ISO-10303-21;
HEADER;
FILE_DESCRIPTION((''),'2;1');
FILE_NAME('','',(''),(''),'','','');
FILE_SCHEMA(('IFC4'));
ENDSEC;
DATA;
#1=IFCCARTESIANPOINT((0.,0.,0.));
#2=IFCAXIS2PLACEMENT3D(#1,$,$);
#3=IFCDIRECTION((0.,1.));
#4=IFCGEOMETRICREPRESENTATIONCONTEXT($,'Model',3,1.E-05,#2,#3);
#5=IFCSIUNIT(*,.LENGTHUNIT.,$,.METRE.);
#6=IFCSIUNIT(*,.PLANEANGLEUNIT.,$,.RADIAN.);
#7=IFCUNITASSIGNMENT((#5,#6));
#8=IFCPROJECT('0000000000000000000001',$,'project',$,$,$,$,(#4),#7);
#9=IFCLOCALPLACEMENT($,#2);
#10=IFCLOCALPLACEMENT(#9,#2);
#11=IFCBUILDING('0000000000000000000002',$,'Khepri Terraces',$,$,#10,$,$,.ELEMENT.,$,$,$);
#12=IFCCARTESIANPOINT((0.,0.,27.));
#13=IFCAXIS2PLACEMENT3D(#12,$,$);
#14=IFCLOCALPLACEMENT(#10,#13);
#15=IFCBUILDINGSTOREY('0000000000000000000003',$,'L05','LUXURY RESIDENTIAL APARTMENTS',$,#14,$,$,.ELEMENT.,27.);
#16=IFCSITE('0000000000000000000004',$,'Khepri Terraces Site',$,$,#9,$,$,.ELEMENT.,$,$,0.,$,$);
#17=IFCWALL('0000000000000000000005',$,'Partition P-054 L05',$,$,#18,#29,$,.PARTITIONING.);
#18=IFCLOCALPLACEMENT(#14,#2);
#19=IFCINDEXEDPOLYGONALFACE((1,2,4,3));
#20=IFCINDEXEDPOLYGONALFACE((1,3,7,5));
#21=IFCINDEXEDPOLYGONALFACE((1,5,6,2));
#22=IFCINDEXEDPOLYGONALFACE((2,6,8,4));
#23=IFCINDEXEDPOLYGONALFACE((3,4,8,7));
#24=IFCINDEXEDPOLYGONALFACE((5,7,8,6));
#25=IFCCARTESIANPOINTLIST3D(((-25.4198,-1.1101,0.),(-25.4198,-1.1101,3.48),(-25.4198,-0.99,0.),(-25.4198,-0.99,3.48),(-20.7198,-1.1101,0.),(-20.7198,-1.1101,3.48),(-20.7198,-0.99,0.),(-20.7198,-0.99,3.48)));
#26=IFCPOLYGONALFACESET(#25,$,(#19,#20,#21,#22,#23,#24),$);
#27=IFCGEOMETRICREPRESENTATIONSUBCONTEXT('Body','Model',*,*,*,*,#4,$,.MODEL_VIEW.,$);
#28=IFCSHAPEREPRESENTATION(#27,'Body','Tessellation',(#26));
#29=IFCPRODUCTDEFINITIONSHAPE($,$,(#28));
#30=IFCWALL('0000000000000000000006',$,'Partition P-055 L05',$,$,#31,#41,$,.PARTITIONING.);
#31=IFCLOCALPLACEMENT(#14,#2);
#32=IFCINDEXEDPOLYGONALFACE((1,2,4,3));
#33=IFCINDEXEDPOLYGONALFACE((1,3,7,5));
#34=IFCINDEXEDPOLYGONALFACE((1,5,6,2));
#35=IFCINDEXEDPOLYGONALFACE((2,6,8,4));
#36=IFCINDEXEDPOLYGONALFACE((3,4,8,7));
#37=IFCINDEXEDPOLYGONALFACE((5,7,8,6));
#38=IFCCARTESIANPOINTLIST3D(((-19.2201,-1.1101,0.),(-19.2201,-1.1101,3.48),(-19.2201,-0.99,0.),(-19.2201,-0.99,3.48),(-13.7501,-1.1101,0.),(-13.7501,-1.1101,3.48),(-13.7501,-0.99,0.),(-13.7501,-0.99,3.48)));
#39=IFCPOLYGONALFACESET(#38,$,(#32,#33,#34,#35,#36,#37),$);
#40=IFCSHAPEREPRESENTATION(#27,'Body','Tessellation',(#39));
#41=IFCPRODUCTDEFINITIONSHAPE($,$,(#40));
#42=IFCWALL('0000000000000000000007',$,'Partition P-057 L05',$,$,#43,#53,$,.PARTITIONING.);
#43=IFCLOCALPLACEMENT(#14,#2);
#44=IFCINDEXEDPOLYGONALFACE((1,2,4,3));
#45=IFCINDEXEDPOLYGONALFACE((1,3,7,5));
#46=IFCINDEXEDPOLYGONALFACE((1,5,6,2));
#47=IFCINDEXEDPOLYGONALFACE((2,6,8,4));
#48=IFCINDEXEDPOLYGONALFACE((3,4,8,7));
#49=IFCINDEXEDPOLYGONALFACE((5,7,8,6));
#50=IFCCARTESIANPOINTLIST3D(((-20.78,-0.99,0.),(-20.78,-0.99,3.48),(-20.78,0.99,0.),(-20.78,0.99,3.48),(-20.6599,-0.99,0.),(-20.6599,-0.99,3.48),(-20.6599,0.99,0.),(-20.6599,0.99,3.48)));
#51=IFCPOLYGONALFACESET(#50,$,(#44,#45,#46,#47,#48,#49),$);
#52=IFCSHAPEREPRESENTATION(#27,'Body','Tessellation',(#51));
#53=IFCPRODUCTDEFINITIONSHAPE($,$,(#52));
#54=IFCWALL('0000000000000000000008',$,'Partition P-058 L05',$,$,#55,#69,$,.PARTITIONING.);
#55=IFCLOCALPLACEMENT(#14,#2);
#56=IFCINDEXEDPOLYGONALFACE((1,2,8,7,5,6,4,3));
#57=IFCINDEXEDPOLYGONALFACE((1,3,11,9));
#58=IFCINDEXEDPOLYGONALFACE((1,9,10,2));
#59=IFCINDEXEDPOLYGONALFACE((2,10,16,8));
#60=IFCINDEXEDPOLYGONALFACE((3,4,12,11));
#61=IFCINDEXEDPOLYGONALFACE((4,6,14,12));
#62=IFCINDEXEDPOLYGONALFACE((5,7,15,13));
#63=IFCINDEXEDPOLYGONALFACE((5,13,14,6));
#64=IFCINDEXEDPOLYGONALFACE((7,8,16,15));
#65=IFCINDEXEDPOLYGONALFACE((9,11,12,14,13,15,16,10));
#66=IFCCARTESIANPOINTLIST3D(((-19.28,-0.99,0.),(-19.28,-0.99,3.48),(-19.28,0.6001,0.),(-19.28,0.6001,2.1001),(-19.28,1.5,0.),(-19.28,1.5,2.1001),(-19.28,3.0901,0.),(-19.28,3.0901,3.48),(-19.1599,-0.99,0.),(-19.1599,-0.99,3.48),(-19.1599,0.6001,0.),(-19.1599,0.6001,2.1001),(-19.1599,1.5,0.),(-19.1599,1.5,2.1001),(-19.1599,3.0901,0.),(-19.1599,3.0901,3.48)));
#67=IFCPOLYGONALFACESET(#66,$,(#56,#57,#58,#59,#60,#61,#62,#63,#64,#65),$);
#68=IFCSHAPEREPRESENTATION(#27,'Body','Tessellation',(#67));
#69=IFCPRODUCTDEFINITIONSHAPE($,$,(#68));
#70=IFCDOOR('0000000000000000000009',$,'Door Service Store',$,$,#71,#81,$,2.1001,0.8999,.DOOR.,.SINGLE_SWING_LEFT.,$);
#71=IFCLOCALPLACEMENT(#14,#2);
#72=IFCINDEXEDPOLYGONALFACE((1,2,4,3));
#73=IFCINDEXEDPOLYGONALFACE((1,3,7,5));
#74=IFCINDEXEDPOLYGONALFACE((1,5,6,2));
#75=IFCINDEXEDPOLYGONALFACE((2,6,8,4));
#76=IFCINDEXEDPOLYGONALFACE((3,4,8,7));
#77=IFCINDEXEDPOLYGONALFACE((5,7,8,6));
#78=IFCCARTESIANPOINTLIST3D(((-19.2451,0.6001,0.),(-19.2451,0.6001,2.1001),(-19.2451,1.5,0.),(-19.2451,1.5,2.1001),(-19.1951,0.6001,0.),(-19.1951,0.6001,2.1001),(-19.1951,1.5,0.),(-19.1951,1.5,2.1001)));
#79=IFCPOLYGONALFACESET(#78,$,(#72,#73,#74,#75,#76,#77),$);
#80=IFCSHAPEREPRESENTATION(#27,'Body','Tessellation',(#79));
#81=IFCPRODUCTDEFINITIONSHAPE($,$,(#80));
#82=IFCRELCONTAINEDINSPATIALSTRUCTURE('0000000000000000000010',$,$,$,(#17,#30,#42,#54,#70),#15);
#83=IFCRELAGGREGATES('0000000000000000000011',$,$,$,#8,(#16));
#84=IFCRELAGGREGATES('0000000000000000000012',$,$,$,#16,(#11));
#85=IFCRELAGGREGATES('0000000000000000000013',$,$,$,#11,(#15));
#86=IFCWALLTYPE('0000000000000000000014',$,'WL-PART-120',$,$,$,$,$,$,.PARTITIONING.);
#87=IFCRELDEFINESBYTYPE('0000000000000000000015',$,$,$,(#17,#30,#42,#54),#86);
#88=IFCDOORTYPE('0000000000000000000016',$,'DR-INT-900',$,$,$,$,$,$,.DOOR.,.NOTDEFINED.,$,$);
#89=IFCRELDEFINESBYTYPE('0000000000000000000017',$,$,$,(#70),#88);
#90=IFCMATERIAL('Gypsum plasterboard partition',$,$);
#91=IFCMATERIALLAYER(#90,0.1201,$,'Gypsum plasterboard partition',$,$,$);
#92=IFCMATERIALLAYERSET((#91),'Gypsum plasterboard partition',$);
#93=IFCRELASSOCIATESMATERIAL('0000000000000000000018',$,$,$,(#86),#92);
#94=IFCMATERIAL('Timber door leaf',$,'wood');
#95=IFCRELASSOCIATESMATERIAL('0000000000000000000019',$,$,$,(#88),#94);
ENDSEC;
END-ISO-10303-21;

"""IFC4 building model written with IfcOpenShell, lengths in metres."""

from ifc_helpers import new_model, si_unit, direction, frame, frame_2d, origin, place, context, subcontext, project, spatial, rectangle, extrude, material, layer, layer_set, type_object, element, fill, save


model = new_model("IFC4")

# Units and contexts
model_context = context("Model", 3, precision=1e-05, world=origin(), true_north=direction((0.0, 1.0)))
body_context = subcontext(model_context, "Body", "Model", "MODEL_VIEW")
ifc_project = project(units=[si_unit("LENGTHUNIT", "METRE"), si_unit("PLANEANGLEUNIT", "RADIAN")], contexts=[model_context])

# Site, building, storey
site_placement = place(None, origin())
site = spatial("IfcSite", under=ifc_project, at=site_placement, Name="Khepri Terraces Site", CompositionType="ELEMENT", RefElevation=0.0)
building_placement = place(site_placement, origin())
building = spatial("IfcBuilding", under=site, at=building_placement, Name="Khepri Terraces", CompositionType="ELEMENT")
storey_placement = place(building_placement, frame((0.0, 0.0, 27.0)))
storey = spatial("IfcBuildingStorey", under=building, at=storey_placement, Name="L05", Description="LUXURY RESIDENTIAL APARTMENTS", CompositionType="ELEMENT", Elevation=27.0)

# Shared definitions
ifc_material_1 = material(Name="Gypsum plasterboard partition")
ifc_layer_1 = layer(ifc_material_1, 0.1201, Name="Gypsum plasterboard partition")
ifc_layer_set_1 = layer_set([ifc_layer_1], Name="Gypsum plasterboard partition")
wall_type_1 = type_object("IfcWallType", Name="WL-PART-120", PredefinedType="PARTITIONING", material=ifc_layer_set_1)

# Shared definitions
ifc_material_2 = material(Name="Timber door leaf", Category="wood")
door_type_1 = type_object("IfcDoorType", Name="DR-INT-900", OperationType="NOTDEFINED", PredefinedType="DOOR", material=ifc_material_2)

# Walls
wall_1_placement = place(storey_placement, frame((-25.4199, -1.05, 0.0), z_axis=(0.0, 0.0, 1.0), x_axis=(1.0, 0.0, 0.0)))
element("IfcWall", 1, at=wall_1_placement, inside=storey, type_object=wall_type_1, Name="Partition P-054 L05", PredefinedType="PARTITIONING", context=body_context, shape_type="SweptSolid", body=[
    extrude(rectangle(XDim=4.7, YDim=0.1201, at=frame_2d((2.3501, 0.0))), origin(), (0.0, 0.0, 1.0), 3.48),
])
wall_2_placement = place(storey_placement, frame((-19.22, -1.05, 0.0), z_axis=(0.0, 0.0, 1.0), x_axis=(1.0, 0.0, 0.0)))
element("IfcWall", 2, at=wall_2_placement, inside=storey, type_object=wall_type_1, Name="Partition P-055 L05", PredefinedType="PARTITIONING", context=body_context, shape_type="SweptSolid", body=[
    extrude(rectangle(XDim=5.47, YDim=0.1201, at=frame_2d((2.7349, 0.0))), origin(), (0.0, 0.0, 1.0), 3.48),
])
wall_3_placement = place(storey_placement, frame((-20.72, -0.99, 0.0), z_axis=(0.0, 0.0, 1.0), x_axis=(0.0, 1.0, 0.0)))
element("IfcWall", 3, at=wall_3_placement, inside=storey, type_object=wall_type_1, Name="Partition P-057 L05", PredefinedType="PARTITIONING", context=body_context, shape_type="SweptSolid", body=[
    extrude(rectangle(XDim=1.98, YDim=0.1201, at=frame_2d((0.99, 0.0))), origin(), (0.0, 0.0, 1.0), 3.48),
])

# Wall, opening, door
wall_4_placement = place(storey_placement, frame((-19.22, -0.99, 0.0), z_axis=(0.0, 0.0, 1.0), x_axis=(0.0, 1.0, 0.0)))
wall_4 = element("IfcWall", 4, at=wall_4_placement, inside=storey, type_object=wall_type_1, Name="Partition P-058 L05", PredefinedType="PARTITIONING", context=body_context, shape_type="SweptSolid", body=[
    extrude(rectangle(XDim=4.0801, YDim=0.1201, at=frame_2d((2.04, 0.0))), origin(), (0.0, 0.0, 1.0), 3.48),
])
opening_1_placement = place(wall_4_placement, frame((1.5901, 0.0, 0.0)))
opening_1 = element("IfcOpeningElement", 5, at=opening_1_placement, cuts=wall_4, PredefinedType="OPENING", context=body_context, shape_type="SweptSolid", body=[
    extrude(rectangle(XDim=0.8999, YDim=2.1001, at=frame_2d((0.45, 1.05))), frame((0.0, 0.0701, 0.0), z_axis=(0.0, -1.0, 0.0), x_axis=(1.0, 0.0, 0.0)), (0.0, 0.0, 1.0), 0.1401),
])
door_1_placement = place(opening_1_placement, frame((0.8999, 0.0, 0.0), z_axis=(0.0, 0.0, 1.0), x_axis=(-1.0, 0.0, 0.0)))
door_1 = element("IfcDoor", 6, at=door_1_placement, inside=storey, type_object=door_type_1, Name="Door Service Store", OperationType="SINGLE_SWING_LEFT", OverallHeight=2.1001, OverallWidth=0.8999, PredefinedType="DOOR", context=body_context, shape_type="SweptSolid", body=[
    extrude(rectangle(XDim=0.8999, YDim=2.1001, at=frame_2d((0.45, 1.05))), frame((0.0, 0.0249, 0.0), z_axis=(0.0, -1.0, 0.0), x_axis=(1.0, 0.0, 0.0)), (0.0, 0.0, 1.0), 0.05),
])
fill(opening_1, door_1)

save(model, "model.ifc")
